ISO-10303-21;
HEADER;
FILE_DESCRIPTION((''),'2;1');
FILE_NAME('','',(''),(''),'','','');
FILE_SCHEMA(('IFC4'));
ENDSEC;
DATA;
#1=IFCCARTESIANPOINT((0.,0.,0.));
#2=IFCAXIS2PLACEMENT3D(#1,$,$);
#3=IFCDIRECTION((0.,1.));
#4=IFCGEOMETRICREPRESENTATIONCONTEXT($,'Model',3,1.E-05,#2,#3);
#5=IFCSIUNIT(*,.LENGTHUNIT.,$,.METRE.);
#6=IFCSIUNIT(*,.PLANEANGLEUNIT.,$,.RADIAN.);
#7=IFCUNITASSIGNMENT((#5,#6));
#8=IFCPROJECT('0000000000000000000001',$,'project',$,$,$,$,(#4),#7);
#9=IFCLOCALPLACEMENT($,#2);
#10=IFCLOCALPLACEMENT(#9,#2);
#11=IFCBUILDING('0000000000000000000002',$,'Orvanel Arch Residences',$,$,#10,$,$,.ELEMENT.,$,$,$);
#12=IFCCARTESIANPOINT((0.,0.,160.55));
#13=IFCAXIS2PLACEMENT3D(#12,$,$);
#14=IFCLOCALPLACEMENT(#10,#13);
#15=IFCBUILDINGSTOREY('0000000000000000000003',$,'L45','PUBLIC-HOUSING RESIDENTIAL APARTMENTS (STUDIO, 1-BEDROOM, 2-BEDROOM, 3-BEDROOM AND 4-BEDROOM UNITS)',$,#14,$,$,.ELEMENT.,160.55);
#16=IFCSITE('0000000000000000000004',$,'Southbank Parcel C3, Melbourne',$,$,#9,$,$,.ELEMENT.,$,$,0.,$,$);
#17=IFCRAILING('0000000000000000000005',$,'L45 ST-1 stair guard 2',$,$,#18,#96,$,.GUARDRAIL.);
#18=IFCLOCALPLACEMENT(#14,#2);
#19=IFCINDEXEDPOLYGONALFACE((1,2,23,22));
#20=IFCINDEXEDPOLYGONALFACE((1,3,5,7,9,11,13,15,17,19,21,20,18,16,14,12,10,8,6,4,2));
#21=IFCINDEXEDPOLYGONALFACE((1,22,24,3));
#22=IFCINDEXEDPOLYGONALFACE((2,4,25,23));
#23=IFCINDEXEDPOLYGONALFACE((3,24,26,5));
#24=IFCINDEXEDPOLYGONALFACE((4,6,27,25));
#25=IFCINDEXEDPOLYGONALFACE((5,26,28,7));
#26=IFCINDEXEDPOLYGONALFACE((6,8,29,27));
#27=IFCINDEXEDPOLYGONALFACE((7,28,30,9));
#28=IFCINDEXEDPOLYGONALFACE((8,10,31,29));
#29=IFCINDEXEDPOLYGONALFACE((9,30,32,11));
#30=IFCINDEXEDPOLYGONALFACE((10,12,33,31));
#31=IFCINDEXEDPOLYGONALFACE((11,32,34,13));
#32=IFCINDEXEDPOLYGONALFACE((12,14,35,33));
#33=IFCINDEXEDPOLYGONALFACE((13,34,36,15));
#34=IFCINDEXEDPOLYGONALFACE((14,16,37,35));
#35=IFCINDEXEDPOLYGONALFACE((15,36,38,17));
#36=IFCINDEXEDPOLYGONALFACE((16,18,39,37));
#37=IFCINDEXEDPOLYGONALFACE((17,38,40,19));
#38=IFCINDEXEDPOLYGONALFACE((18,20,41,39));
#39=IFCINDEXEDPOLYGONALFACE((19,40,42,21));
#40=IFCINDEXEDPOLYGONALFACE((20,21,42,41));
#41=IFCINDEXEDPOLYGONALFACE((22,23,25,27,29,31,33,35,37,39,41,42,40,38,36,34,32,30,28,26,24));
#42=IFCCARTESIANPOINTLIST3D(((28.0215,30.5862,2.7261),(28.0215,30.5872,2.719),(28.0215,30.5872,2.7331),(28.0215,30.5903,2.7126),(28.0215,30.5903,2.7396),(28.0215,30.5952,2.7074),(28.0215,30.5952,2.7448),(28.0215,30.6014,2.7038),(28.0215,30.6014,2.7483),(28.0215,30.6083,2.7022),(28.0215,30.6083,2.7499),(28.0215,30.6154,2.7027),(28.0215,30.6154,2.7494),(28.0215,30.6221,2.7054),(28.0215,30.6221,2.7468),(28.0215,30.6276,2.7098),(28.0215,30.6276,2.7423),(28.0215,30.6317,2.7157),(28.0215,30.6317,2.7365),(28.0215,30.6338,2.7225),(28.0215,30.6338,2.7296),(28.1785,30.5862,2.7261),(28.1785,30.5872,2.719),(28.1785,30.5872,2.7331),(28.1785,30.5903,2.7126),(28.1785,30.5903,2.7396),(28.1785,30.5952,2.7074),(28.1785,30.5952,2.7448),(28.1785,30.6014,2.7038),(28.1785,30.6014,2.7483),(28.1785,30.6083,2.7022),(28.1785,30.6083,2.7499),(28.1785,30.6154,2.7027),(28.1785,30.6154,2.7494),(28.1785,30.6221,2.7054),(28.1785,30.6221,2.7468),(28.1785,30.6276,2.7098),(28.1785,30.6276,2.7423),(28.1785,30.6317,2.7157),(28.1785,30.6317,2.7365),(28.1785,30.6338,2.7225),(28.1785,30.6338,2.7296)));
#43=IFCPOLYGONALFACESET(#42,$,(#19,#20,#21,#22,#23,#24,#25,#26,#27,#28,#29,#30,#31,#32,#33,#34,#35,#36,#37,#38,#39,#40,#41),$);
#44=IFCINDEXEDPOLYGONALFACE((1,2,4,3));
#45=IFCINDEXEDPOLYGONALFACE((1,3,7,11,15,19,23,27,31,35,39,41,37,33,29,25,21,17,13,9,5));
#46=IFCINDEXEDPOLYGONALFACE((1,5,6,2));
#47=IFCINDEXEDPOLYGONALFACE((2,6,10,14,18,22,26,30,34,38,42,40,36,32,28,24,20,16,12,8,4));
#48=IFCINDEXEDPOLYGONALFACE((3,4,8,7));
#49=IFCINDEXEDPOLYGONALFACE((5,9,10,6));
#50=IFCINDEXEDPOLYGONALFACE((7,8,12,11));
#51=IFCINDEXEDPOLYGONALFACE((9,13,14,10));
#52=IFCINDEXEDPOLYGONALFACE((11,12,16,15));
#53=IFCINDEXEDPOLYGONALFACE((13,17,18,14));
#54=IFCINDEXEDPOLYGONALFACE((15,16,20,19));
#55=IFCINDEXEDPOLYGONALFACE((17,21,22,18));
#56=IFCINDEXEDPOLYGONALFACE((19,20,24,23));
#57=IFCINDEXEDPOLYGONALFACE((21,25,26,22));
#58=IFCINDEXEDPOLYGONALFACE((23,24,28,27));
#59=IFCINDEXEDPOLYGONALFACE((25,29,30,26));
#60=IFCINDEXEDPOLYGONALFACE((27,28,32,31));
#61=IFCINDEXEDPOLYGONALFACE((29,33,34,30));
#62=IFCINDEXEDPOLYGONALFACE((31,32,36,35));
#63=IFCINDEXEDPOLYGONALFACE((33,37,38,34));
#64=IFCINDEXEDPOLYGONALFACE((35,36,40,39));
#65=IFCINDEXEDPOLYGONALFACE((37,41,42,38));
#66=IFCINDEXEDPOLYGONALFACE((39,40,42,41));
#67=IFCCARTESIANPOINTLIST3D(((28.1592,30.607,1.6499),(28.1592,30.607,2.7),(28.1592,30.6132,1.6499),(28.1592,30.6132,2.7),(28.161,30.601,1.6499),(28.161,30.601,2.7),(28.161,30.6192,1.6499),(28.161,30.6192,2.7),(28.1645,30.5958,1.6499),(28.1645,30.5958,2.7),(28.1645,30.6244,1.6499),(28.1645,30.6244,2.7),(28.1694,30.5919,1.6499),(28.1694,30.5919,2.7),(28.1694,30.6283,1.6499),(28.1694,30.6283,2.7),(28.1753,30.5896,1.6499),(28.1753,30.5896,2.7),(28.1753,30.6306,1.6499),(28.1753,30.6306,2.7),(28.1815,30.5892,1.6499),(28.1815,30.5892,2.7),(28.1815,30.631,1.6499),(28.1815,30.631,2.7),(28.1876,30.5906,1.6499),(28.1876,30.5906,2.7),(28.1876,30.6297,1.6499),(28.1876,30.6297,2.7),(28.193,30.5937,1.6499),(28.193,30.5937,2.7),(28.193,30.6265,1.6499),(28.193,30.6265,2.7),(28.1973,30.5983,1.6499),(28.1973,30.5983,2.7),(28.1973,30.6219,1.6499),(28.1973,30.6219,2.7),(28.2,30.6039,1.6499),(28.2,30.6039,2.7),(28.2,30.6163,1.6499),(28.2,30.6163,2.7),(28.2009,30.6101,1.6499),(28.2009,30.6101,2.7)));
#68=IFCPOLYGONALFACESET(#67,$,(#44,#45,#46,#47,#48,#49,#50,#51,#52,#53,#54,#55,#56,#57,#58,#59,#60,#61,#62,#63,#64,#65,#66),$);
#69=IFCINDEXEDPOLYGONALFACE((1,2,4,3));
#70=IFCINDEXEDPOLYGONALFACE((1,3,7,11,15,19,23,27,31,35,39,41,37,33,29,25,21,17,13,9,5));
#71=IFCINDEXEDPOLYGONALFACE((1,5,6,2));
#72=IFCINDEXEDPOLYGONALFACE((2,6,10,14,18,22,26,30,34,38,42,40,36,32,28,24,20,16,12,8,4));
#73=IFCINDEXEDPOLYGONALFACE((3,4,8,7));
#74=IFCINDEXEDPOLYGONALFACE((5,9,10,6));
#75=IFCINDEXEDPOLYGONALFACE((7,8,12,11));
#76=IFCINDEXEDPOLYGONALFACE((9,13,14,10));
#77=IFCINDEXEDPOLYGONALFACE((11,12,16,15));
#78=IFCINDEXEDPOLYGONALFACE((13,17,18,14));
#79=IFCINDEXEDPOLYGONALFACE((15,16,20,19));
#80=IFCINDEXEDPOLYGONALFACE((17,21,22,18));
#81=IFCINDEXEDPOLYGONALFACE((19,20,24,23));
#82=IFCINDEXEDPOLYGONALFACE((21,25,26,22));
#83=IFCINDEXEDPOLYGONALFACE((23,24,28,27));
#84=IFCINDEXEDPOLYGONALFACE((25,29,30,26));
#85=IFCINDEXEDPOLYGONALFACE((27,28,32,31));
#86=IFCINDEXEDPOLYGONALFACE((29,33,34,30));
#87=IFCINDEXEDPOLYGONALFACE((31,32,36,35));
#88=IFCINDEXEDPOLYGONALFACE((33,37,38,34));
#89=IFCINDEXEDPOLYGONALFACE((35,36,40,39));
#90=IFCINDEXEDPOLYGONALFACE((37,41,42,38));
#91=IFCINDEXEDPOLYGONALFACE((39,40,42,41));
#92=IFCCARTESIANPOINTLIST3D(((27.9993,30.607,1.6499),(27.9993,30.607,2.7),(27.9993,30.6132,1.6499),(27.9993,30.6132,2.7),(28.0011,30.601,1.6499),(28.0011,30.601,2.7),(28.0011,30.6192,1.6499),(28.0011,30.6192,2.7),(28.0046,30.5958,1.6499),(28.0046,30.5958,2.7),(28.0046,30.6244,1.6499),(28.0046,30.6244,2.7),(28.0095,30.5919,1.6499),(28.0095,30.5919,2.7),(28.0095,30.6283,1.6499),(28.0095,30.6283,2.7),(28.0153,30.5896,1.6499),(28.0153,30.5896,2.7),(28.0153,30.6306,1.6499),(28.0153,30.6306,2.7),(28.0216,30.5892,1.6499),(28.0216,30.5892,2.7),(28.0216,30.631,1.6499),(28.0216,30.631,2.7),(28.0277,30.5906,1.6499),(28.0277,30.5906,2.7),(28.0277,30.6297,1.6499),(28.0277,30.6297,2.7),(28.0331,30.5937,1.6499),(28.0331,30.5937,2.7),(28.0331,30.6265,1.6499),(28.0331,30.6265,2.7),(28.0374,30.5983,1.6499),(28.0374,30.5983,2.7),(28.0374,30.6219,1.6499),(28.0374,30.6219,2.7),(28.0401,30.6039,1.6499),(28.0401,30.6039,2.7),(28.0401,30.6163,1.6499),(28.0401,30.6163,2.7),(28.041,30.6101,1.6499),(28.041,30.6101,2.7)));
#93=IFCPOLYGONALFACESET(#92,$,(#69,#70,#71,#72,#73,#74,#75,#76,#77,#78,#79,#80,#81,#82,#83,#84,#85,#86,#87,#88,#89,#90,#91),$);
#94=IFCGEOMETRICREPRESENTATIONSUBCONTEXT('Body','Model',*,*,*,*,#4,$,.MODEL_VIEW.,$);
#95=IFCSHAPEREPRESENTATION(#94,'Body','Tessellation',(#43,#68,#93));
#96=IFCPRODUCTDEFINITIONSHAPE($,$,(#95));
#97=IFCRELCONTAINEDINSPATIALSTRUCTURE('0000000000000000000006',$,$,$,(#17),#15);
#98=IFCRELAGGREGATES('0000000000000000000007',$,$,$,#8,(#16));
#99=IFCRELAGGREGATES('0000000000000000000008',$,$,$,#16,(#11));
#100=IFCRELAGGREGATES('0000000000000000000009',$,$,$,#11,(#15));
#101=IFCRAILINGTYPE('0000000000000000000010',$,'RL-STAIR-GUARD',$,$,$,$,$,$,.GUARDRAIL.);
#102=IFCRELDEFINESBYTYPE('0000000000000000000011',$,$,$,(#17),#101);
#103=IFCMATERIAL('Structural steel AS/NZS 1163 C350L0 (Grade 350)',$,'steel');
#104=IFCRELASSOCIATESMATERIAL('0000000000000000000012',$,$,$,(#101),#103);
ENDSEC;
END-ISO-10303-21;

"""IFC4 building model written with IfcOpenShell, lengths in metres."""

from ifc_helpers import new_model, si_unit, direction, frame, origin, origin_2d, place, context, subcontext, project, spatial, circle, extrude, material, type_object, element, save


model = new_model("IFC4")

# Units and contexts
model_context = context("Model", 3, precision=1e-05, world=origin(), true_north=direction((0.0, 1.0)))
body_context = subcontext(model_context, "Body", "Model", "MODEL_VIEW")
ifc_project = project(units=[si_unit("LENGTHUNIT", "METRE"), si_unit("PLANEANGLEUNIT", "RADIAN")], contexts=[model_context])

# Site, building, storey
site_placement = place(None, origin())
site = spatial("IfcSite", under=ifc_project, at=site_placement, Name="Southbank Parcel C3, Melbourne", CompositionType="ELEMENT", RefElevation=0.0)
building_placement = place(site_placement, origin())
building = spatial("IfcBuilding", under=site, at=building_placement, Name="Orvanel Arch Residences", CompositionType="ELEMENT")
storey_placement = place(building_placement, frame((0.0, 0.0, 160.55)))
storey = spatial("IfcBuildingStorey", under=building, at=storey_placement, Name="L45", Description="PUBLIC-HOUSING RESIDENTIAL APARTMENTS (STUDIO, 1-BEDROOM, 2-BEDROOM, 3-BEDROOM AND 4-BEDROOM UNITS)", CompositionType="ELEMENT", Elevation=160.55)

# Railing
ifc_material_1 = material(Name="Structural steel AS/NZS 1163 C350L0 (Grade 350)", Category="steel")
railing_type_1 = type_object("IfcRailingType", Name="RL-STAIR-GUARD", PredefinedType="GUARDRAIL", material=ifc_material_1)
railing_1_placement = place(storey_placement, frame((28.1799, 30.6101, 1.6499)))
element("IfcRailing", 1, at=railing_1_placement, inside=storey, type_object=railing_type_1, Name="L45 ST-1 stair guard 2", PredefinedType="GUARDRAIL", context=body_context, shape_type="SweptSolid", body=[
    extrude(circle(Radius=0.0239, at=origin_2d()), frame((-0.0015, 0.0, 1.0762), z_axis=(-1.0, 0.0, 0.0), x_axis=(0.0, -1.0, 0.0)), (0.0, 0.0, 1.0), 0.157),
    extrude(circle(Radius=0.021, at=origin_2d()), origin(), (0.0, 0.0, 1.0), 1.05),
    extrude(circle(Radius=0.021, at=origin_2d()), frame((-0.1599, 0.0, 0.0)), (0.0, 0.0, 1.0), 1.05),
])

save(model, "model.ifc")
